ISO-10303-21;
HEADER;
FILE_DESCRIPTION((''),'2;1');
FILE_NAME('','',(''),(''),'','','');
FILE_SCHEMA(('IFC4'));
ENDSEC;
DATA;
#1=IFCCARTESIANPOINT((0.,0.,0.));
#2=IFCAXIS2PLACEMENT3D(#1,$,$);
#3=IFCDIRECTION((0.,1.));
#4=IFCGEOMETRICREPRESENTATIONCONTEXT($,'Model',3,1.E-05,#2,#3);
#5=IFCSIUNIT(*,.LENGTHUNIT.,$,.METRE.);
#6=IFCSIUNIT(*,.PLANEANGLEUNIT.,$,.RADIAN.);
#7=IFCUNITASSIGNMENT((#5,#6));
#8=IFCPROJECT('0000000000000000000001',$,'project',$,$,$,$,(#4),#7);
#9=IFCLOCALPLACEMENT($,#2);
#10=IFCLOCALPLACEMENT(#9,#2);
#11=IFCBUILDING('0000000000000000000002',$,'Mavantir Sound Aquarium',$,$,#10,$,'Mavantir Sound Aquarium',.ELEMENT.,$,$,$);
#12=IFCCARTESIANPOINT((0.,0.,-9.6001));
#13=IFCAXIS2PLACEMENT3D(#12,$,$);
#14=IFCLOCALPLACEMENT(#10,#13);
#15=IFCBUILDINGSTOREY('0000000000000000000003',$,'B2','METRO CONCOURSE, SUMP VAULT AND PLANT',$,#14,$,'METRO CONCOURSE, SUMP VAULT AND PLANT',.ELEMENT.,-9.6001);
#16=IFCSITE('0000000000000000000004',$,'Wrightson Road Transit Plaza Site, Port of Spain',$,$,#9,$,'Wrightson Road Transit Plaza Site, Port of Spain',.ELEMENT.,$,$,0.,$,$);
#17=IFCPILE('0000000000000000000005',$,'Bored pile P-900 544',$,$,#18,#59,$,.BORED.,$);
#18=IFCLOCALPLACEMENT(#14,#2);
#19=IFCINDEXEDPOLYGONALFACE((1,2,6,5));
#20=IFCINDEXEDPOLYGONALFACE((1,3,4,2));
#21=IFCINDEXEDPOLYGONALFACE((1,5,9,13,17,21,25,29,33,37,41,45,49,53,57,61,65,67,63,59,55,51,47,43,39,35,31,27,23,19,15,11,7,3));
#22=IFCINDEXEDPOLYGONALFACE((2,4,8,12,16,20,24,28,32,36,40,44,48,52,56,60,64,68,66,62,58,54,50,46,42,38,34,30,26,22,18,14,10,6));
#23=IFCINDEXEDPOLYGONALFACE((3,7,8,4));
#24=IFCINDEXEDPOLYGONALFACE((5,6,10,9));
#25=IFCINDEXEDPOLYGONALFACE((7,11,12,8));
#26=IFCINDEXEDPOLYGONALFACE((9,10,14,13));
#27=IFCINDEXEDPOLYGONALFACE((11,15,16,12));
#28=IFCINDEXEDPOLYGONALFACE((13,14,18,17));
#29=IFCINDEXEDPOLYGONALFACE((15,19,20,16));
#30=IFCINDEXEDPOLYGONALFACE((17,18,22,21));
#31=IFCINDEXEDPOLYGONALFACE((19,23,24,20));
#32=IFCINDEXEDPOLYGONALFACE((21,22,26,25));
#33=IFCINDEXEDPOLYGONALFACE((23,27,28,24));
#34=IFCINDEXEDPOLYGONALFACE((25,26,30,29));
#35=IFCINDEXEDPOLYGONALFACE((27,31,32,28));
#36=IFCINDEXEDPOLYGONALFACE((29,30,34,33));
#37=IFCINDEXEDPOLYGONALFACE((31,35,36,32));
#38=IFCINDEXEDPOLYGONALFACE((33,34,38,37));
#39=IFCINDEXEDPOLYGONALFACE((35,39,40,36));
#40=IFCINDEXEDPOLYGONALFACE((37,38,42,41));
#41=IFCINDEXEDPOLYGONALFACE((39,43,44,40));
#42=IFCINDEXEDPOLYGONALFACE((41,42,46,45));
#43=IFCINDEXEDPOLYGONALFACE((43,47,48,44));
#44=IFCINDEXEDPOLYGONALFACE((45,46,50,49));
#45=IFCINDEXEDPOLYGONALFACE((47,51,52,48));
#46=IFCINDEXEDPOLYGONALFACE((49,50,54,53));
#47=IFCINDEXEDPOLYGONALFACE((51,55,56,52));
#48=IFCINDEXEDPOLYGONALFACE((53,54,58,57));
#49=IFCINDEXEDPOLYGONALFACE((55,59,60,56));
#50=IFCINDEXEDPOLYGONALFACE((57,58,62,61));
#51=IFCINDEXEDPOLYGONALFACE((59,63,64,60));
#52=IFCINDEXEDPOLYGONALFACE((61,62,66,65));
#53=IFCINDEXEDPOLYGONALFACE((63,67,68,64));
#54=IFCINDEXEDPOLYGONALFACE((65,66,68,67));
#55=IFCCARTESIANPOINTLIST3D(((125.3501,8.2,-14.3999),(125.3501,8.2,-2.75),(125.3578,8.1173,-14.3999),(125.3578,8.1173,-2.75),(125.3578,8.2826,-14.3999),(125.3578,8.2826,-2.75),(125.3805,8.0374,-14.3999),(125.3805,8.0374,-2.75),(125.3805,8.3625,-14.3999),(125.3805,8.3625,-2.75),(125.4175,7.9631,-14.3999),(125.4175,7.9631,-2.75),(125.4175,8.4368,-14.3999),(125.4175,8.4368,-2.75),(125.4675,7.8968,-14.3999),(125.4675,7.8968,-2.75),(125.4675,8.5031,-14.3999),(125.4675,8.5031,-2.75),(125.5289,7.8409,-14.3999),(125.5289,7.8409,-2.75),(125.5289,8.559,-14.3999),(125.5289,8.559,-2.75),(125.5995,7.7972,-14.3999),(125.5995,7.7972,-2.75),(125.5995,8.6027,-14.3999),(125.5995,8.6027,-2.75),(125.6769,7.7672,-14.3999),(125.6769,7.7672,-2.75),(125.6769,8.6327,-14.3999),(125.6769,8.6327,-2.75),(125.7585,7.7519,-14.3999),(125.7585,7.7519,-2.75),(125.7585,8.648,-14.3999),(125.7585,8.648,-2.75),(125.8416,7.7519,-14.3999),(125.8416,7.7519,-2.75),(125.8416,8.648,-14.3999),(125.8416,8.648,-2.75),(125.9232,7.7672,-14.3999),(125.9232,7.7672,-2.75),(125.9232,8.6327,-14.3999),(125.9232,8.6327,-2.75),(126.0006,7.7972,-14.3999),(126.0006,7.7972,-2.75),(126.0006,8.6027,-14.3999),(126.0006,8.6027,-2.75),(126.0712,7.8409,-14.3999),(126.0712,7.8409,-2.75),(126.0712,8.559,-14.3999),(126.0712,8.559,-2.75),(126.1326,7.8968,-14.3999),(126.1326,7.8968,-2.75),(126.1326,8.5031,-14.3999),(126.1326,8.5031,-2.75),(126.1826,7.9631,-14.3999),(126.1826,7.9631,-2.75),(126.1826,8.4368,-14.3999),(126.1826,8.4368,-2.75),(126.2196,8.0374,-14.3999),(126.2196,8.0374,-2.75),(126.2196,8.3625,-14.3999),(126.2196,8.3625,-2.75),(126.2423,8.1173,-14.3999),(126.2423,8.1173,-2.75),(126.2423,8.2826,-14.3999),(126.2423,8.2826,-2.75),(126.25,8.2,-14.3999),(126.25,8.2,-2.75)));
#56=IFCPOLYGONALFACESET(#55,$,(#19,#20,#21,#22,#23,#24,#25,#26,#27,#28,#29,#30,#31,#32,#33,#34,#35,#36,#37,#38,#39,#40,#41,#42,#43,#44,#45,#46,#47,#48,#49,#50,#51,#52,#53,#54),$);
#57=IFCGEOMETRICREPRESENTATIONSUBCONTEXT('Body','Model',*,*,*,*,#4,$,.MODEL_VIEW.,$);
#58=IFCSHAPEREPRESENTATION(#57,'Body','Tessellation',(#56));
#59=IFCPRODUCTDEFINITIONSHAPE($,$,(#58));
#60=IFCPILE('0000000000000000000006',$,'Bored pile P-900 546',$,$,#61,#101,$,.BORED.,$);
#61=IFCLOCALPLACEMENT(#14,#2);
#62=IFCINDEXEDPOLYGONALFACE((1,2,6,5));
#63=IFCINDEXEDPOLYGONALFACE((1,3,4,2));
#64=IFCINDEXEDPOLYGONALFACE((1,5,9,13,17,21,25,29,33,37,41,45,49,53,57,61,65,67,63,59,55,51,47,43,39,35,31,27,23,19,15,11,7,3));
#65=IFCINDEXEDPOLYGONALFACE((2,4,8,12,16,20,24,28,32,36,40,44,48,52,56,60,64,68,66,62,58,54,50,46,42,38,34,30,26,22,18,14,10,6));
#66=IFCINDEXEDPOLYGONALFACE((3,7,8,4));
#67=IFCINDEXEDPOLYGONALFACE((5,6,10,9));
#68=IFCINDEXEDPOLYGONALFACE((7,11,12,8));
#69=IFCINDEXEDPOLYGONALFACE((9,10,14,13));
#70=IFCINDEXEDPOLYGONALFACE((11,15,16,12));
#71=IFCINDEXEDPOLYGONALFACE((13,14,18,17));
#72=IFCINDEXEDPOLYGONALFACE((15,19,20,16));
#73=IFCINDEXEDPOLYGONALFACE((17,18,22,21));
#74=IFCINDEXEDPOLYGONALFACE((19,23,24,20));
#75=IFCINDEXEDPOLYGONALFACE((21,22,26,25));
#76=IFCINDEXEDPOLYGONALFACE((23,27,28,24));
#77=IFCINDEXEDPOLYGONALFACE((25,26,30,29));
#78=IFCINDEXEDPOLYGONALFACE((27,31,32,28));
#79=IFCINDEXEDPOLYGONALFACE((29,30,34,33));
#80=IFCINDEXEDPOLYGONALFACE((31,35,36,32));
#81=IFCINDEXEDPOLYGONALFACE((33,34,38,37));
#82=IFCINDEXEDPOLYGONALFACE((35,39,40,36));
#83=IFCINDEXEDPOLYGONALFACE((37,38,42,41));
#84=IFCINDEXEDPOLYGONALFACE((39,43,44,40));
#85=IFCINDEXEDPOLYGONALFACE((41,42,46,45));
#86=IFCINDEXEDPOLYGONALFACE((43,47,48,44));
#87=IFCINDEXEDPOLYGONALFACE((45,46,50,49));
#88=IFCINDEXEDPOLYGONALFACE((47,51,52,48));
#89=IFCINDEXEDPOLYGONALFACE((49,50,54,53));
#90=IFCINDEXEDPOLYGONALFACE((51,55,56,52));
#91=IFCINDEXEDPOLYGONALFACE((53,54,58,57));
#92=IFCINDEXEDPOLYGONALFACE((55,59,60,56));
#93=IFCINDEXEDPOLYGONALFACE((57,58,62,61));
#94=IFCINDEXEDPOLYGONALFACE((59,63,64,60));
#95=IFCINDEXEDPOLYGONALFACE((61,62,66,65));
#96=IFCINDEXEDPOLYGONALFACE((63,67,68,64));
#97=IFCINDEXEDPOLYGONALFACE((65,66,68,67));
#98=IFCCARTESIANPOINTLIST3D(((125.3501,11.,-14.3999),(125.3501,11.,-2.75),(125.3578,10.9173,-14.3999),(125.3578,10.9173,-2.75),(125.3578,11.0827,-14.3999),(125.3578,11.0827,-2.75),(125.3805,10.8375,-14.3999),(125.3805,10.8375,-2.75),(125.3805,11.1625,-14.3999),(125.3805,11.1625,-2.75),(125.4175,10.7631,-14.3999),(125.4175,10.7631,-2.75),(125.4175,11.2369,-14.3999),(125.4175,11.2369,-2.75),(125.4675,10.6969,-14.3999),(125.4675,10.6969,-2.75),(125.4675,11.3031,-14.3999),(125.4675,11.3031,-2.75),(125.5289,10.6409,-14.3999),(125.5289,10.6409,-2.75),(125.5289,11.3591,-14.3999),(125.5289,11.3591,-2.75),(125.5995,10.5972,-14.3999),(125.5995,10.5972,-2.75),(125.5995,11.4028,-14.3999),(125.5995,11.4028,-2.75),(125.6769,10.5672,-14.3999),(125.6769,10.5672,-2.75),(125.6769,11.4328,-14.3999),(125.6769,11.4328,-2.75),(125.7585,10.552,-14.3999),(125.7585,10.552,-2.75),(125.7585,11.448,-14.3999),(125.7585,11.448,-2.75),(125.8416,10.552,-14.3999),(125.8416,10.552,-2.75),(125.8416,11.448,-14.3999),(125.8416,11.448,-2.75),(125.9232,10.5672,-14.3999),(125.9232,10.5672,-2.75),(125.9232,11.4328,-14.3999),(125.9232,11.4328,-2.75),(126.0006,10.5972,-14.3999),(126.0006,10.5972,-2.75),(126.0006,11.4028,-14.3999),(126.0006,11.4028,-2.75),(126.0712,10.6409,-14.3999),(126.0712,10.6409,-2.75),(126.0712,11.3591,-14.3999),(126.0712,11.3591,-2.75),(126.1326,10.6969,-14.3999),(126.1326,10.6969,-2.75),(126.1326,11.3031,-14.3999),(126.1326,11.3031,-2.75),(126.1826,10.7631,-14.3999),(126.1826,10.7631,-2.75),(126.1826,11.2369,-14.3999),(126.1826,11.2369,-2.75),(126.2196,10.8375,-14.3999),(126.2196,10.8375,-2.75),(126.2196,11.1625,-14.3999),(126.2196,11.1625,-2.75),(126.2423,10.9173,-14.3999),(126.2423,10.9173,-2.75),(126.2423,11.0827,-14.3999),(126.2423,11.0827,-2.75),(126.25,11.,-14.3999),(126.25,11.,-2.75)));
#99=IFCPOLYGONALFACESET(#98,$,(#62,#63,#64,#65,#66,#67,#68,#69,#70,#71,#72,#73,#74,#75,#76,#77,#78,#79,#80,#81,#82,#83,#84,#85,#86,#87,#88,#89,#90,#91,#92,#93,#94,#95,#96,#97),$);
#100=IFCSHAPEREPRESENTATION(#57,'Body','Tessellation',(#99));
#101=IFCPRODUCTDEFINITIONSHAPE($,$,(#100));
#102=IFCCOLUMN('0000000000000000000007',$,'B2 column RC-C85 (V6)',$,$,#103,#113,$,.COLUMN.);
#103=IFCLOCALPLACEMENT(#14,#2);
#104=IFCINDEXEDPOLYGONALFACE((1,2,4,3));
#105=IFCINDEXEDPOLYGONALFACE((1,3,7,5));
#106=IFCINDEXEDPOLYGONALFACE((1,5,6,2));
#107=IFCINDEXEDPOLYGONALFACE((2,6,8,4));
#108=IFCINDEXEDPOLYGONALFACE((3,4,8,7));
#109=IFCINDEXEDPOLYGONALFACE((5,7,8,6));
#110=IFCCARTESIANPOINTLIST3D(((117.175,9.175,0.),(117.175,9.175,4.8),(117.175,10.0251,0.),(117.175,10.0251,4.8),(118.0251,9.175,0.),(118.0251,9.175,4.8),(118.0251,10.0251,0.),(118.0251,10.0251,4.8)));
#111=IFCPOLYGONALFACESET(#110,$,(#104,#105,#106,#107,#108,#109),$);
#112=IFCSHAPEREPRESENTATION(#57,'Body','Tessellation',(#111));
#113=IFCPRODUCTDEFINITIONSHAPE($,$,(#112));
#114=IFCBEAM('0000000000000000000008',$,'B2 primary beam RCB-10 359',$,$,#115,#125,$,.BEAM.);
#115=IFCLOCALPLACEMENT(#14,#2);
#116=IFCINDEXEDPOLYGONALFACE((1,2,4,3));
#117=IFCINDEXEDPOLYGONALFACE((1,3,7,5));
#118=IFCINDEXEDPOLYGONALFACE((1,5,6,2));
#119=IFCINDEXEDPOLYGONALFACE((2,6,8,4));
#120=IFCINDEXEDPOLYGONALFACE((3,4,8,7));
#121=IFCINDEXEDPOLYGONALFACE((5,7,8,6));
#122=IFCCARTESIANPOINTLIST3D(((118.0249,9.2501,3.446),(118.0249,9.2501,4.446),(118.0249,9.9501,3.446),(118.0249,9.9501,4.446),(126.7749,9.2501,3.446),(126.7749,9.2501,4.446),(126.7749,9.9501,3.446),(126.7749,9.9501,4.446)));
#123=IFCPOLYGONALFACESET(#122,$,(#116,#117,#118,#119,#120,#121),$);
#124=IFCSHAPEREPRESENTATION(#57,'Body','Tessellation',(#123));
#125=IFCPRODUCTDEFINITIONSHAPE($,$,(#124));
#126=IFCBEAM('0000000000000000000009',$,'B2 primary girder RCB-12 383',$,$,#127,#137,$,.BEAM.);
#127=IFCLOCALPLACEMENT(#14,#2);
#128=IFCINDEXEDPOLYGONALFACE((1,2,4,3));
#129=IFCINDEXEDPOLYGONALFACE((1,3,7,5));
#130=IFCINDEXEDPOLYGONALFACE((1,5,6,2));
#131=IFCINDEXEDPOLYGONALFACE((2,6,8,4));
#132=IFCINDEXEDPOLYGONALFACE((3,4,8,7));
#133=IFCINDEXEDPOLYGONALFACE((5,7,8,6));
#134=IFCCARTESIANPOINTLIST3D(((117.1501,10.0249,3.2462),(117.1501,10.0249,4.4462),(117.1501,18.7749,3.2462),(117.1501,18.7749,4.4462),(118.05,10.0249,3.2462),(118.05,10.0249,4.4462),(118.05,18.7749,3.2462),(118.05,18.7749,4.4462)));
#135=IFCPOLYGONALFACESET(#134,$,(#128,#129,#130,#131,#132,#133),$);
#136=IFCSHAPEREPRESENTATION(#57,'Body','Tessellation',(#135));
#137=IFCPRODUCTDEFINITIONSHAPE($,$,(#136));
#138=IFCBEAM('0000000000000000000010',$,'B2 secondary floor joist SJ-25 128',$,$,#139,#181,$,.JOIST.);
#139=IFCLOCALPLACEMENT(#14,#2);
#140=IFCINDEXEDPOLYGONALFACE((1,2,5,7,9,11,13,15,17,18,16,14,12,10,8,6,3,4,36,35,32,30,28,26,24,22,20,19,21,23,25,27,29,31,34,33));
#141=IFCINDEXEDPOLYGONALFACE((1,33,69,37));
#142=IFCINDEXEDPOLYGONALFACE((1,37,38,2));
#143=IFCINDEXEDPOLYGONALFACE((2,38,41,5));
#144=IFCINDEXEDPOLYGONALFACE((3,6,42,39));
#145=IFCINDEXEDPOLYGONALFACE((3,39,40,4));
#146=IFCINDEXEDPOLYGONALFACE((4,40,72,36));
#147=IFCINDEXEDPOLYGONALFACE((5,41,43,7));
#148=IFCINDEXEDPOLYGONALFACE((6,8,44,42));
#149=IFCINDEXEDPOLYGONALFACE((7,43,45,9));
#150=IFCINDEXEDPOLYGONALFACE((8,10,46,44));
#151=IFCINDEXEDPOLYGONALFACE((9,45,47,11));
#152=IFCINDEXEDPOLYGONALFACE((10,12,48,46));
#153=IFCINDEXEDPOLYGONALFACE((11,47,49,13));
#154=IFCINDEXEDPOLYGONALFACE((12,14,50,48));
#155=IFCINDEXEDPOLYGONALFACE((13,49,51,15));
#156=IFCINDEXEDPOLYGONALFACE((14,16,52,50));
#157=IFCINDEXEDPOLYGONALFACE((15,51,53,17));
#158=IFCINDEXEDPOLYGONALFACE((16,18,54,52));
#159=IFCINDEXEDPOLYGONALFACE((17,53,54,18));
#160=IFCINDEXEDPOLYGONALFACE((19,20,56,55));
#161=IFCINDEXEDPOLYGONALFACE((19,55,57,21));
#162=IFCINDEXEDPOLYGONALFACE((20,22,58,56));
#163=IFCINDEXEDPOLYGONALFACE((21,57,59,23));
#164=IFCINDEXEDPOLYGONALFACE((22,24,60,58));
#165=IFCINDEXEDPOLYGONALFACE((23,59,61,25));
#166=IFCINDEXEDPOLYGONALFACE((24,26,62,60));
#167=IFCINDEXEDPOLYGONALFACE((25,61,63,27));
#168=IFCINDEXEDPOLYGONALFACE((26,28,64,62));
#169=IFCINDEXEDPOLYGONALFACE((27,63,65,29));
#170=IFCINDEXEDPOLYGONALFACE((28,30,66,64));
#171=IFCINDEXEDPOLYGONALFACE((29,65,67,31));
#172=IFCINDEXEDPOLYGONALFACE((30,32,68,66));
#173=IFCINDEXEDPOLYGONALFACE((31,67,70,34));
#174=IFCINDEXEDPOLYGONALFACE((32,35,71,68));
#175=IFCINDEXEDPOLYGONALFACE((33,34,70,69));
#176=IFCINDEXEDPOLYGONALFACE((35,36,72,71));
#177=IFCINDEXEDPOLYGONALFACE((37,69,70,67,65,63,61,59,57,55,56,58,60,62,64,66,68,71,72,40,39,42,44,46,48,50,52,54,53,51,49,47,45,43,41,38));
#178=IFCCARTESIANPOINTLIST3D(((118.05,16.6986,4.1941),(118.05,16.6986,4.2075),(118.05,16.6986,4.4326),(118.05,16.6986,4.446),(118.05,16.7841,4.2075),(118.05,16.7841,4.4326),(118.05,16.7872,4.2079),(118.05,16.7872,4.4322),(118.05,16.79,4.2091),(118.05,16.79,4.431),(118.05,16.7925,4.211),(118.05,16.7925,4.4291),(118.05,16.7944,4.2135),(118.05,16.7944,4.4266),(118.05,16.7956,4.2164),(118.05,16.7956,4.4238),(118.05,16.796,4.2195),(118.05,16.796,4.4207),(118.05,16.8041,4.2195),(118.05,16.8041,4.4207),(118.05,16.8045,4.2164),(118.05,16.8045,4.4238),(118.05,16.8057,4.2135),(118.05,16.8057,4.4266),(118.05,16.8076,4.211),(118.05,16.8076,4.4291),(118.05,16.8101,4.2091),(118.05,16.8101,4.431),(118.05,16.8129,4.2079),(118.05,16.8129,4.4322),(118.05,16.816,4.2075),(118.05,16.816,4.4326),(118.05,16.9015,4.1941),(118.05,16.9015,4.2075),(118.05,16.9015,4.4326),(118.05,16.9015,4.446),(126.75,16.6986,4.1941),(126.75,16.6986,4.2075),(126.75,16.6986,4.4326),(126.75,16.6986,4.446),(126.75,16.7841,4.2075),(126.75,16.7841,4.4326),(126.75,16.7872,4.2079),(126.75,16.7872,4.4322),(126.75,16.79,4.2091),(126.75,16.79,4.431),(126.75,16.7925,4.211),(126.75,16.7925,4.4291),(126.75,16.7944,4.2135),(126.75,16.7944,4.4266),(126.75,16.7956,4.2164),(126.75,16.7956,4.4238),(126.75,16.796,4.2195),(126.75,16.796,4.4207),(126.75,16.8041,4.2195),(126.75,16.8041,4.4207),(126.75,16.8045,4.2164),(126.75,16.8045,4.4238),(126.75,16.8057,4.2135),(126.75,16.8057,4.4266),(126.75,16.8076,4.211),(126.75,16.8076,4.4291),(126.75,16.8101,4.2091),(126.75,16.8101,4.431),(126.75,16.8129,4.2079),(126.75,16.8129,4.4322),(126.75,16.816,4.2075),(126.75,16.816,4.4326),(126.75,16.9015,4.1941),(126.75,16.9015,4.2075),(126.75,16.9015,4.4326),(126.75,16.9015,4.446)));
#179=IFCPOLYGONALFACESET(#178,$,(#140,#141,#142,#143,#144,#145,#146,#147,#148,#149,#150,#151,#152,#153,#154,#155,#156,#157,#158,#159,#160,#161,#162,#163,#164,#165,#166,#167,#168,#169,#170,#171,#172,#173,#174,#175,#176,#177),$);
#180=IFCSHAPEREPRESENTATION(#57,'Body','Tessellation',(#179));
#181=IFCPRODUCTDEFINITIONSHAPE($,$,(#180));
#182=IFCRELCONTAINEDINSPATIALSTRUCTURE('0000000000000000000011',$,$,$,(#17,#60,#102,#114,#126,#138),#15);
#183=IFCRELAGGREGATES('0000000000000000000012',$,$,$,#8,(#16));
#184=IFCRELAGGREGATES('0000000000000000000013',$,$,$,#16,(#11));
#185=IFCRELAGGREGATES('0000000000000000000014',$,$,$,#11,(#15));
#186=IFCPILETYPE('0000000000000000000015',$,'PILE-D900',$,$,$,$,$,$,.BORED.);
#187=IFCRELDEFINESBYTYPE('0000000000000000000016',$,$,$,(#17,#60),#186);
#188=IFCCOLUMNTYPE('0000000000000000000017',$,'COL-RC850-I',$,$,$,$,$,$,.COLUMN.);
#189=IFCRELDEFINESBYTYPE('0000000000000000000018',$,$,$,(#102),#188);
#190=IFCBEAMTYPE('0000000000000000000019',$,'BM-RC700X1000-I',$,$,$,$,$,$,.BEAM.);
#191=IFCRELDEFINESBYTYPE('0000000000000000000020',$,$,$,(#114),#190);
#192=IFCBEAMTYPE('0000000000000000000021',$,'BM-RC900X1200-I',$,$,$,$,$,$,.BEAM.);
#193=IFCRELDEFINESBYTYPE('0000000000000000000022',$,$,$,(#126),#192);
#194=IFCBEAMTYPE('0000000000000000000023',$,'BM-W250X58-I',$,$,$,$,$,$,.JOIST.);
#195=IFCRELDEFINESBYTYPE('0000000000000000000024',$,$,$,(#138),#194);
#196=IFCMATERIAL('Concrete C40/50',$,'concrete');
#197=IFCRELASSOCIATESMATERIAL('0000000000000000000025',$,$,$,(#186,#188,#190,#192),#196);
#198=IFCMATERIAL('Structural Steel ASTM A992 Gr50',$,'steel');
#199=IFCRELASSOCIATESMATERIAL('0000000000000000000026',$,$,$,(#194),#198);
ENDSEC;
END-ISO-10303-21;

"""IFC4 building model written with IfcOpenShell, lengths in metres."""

from ifc_helpers import new_model, si_unit, direction, frame, origin, origin_2d, place, context, subcontext, project, spatial, rectangle, circle, i_section, extrude, material, material_profile, profile_set, type_object, element, save


model = new_model("IFC4")

# Units and contexts
model_context = context("Model", 3, precision=1e-05, world=origin(), true_north=direction((0.0, 1.0)))
body_context = subcontext(model_context, "Body", "Model", "MODEL_VIEW")
ifc_project = project(units=[si_unit("LENGTHUNIT", "METRE"), si_unit("PLANEANGLEUNIT", "RADIAN")], contexts=[model_context])

# Site, building, storey
site_placement = place(None, origin())
site = spatial("IfcSite", under=ifc_project, at=site_placement, Name="Wrightson Road Transit Plaza Site, Port of Spain", LongName="Wrightson Road Transit Plaza Site, Port of Spain", CompositionType="ELEMENT", RefElevation=0.0)
building_placement = place(site_placement, origin())
building = spatial("IfcBuilding", under=site, at=building_placement, Name="Mavantir Sound Aquarium", LongName="Mavantir Sound Aquarium", CompositionType="ELEMENT")
storey_placement = place(building_placement, frame((0.0, 0.0, -9.6001)))
storey = spatial("IfcBuildingStorey", under=building, at=storey_placement, Name="B2", Description="METRO CONCOURSE, SUMP VAULT AND PLANT", LongName="METRO CONCOURSE, SUMP VAULT AND PLANT", CompositionType="ELEMENT", Elevation=-9.6001)

# Shared definitions
ifc_material_1 = material(Name="Concrete C40/50", Category="concrete")

# Piles
ifc_material_profile_1 = material_profile(ifc_material_1, circle(Radius=0.45, at=origin_2d()), Name="PILE D900")
ifc_profile_set_1 = profile_set([ifc_material_profile_1], Name="Concrete C40/50")
pile_type = type_object("IfcPileType", Name="PILE-D900", PredefinedType="BORED", material=ifc_profile_set_1)
for number, where, z_axis, x_axis, name in (
    (1, (125.8, 8.2, -2.75), (0.0, 0.0, -1.0), (1.0, 0.0, 0.0), "Bored pile P-900 544"),
    (2, (125.8, 11.0, -2.75), (0.0, 0.0, -1.0), (1.0, 0.0, 0.0), "Bored pile P-900 546"),
):
    element("IfcPile", number, at=place(storey_placement, frame(where, z_axis=z_axis, x_axis=x_axis)), inside=storey, type_object=pile_type, Name=name, PredefinedType="BORED", context=body_context, shape_type="SweptSolid", body=[
        extrude(circle(Radius=0.45, at=origin_2d()), origin(), (0.0, 0.0, 1.0), 11.6499),
    ])

# Column
ifc_material_profile_2 = material_profile(ifc_material_1, rectangle(XDim=0.8501, YDim=0.8501, at=origin_2d()), Name="RC 850X850")
ifc_profile_set_2 = profile_set([ifc_material_profile_2], Name="Concrete C40/50")
column_type = type_object("IfcColumnType", Name="COL-RC850-I", PredefinedType="COLUMN", material=ifc_profile_set_2)
column_placement = place(storey_placement, frame((117.6001, 9.6001, 0.0), z_axis=(0.0, 0.0, 1.0), x_axis=(1.0, 0.0, 0.0)))
element("IfcColumn", 3, at=column_placement, inside=storey, type_object=column_type, Name="B2 column RC-C85 (V6)", PredefinedType="COLUMN", context=body_context, shape_type="SweptSolid", body=[
    extrude(rectangle(XDim=0.8501, YDim=0.8501, at=origin_2d()), origin(), (0.0, 0.0, 1.0), 4.8),
])

# Beams
ifc_material_profile_3 = material_profile(ifc_material_1, rectangle(XDim=0.7, YDim=1.0, at=origin_2d()), Name="RC 700X1000")
ifc_profile_set_3 = profile_set([ifc_material_profile_3], Name="Concrete C40/50")
beam_type_1 = type_object("IfcBeamType", Name="BM-RC700X1000-I", PredefinedType="BEAM", material=ifc_profile_set_3)
beam_1_placement = place(storey_placement, frame((118.0249, 9.6001, 3.946), z_axis=(1.0, 0.0, 0.0), x_axis=(0.0, 1.0, 0.0)))
element("IfcBeam", 4, at=beam_1_placement, inside=storey, type_object=beam_type_1, Name="B2 primary beam RCB-10 359", PredefinedType="BEAM", context=body_context, shape_type="SweptSolid", body=[
    extrude(rectangle(XDim=0.7, YDim=1.0, at=origin_2d()), origin(), (0.0, 0.0, 1.0), 8.75),
])
ifc_material_profile_4 = material_profile(ifc_material_1, rectangle(XDim=0.8999, YDim=1.2, at=origin_2d()), Name="RC 900X1200")
ifc_profile_set_4 = profile_set([ifc_material_profile_4], Name="Concrete C40/50")
beam_type_2 = type_object("IfcBeamType", Name="BM-RC900X1200-I", PredefinedType="BEAM", material=ifc_profile_set_4)
beam_2_placement = place(storey_placement, frame((117.6001, 10.0249, 3.8462), z_axis=(0.0, 1.0, 0.0), x_axis=(-1.0, 0.0, 0.0)))
element("IfcBeam", 5, at=beam_2_placement, inside=storey, type_object=beam_type_2, Name="B2 primary girder RCB-12 383", PredefinedType="BEAM", context=body_context, shape_type="SweptSolid", body=[
    extrude(rectangle(XDim=0.8999, YDim=1.2, at=origin_2d()), origin(), (0.0, 0.0, 1.0), 8.75),
])
ifc_material_2 = material(Name="Structural Steel ASTM A992 Gr50", Category="steel")
ifc_material_profile_5 = material_profile(ifc_material_2, i_section(OverallWidth=0.2029, OverallDepth=0.252, WebThickness=0.0081, FlangeThickness=0.0134, FilletRadius=0.012, at=origin_2d()), Name="W250X58")
ifc_profile_set_5 = profile_set([ifc_material_profile_5], Name="Structural Steel ASTM A992 Gr50")
beam_type_3 = type_object("IfcBeamType", Name="BM-W250X58-I", PredefinedType="JOIST", material=ifc_profile_set_5)
beam_3_placement = place(storey_placement, frame((118.05, 16.8, 4.3201), z_axis=(1.0, 0.0, 0.0), x_axis=(0.0, 1.0, 0.0)))
element("IfcBeam", 6, at=beam_3_placement, inside=storey, type_object=beam_type_3, Name="B2 secondary floor joist SJ-25 128", PredefinedType="JOIST", context=body_context, shape_type="SweptSolid", body=[
    extrude(i_section(OverallWidth=0.2029, OverallDepth=0.252, WebThickness=0.0081, FlangeThickness=0.0134, FilletRadius=0.012, at=origin_2d()), origin(), (0.0, 0.0, 1.0), 8.7),
])

save(model, "model.ifc")
